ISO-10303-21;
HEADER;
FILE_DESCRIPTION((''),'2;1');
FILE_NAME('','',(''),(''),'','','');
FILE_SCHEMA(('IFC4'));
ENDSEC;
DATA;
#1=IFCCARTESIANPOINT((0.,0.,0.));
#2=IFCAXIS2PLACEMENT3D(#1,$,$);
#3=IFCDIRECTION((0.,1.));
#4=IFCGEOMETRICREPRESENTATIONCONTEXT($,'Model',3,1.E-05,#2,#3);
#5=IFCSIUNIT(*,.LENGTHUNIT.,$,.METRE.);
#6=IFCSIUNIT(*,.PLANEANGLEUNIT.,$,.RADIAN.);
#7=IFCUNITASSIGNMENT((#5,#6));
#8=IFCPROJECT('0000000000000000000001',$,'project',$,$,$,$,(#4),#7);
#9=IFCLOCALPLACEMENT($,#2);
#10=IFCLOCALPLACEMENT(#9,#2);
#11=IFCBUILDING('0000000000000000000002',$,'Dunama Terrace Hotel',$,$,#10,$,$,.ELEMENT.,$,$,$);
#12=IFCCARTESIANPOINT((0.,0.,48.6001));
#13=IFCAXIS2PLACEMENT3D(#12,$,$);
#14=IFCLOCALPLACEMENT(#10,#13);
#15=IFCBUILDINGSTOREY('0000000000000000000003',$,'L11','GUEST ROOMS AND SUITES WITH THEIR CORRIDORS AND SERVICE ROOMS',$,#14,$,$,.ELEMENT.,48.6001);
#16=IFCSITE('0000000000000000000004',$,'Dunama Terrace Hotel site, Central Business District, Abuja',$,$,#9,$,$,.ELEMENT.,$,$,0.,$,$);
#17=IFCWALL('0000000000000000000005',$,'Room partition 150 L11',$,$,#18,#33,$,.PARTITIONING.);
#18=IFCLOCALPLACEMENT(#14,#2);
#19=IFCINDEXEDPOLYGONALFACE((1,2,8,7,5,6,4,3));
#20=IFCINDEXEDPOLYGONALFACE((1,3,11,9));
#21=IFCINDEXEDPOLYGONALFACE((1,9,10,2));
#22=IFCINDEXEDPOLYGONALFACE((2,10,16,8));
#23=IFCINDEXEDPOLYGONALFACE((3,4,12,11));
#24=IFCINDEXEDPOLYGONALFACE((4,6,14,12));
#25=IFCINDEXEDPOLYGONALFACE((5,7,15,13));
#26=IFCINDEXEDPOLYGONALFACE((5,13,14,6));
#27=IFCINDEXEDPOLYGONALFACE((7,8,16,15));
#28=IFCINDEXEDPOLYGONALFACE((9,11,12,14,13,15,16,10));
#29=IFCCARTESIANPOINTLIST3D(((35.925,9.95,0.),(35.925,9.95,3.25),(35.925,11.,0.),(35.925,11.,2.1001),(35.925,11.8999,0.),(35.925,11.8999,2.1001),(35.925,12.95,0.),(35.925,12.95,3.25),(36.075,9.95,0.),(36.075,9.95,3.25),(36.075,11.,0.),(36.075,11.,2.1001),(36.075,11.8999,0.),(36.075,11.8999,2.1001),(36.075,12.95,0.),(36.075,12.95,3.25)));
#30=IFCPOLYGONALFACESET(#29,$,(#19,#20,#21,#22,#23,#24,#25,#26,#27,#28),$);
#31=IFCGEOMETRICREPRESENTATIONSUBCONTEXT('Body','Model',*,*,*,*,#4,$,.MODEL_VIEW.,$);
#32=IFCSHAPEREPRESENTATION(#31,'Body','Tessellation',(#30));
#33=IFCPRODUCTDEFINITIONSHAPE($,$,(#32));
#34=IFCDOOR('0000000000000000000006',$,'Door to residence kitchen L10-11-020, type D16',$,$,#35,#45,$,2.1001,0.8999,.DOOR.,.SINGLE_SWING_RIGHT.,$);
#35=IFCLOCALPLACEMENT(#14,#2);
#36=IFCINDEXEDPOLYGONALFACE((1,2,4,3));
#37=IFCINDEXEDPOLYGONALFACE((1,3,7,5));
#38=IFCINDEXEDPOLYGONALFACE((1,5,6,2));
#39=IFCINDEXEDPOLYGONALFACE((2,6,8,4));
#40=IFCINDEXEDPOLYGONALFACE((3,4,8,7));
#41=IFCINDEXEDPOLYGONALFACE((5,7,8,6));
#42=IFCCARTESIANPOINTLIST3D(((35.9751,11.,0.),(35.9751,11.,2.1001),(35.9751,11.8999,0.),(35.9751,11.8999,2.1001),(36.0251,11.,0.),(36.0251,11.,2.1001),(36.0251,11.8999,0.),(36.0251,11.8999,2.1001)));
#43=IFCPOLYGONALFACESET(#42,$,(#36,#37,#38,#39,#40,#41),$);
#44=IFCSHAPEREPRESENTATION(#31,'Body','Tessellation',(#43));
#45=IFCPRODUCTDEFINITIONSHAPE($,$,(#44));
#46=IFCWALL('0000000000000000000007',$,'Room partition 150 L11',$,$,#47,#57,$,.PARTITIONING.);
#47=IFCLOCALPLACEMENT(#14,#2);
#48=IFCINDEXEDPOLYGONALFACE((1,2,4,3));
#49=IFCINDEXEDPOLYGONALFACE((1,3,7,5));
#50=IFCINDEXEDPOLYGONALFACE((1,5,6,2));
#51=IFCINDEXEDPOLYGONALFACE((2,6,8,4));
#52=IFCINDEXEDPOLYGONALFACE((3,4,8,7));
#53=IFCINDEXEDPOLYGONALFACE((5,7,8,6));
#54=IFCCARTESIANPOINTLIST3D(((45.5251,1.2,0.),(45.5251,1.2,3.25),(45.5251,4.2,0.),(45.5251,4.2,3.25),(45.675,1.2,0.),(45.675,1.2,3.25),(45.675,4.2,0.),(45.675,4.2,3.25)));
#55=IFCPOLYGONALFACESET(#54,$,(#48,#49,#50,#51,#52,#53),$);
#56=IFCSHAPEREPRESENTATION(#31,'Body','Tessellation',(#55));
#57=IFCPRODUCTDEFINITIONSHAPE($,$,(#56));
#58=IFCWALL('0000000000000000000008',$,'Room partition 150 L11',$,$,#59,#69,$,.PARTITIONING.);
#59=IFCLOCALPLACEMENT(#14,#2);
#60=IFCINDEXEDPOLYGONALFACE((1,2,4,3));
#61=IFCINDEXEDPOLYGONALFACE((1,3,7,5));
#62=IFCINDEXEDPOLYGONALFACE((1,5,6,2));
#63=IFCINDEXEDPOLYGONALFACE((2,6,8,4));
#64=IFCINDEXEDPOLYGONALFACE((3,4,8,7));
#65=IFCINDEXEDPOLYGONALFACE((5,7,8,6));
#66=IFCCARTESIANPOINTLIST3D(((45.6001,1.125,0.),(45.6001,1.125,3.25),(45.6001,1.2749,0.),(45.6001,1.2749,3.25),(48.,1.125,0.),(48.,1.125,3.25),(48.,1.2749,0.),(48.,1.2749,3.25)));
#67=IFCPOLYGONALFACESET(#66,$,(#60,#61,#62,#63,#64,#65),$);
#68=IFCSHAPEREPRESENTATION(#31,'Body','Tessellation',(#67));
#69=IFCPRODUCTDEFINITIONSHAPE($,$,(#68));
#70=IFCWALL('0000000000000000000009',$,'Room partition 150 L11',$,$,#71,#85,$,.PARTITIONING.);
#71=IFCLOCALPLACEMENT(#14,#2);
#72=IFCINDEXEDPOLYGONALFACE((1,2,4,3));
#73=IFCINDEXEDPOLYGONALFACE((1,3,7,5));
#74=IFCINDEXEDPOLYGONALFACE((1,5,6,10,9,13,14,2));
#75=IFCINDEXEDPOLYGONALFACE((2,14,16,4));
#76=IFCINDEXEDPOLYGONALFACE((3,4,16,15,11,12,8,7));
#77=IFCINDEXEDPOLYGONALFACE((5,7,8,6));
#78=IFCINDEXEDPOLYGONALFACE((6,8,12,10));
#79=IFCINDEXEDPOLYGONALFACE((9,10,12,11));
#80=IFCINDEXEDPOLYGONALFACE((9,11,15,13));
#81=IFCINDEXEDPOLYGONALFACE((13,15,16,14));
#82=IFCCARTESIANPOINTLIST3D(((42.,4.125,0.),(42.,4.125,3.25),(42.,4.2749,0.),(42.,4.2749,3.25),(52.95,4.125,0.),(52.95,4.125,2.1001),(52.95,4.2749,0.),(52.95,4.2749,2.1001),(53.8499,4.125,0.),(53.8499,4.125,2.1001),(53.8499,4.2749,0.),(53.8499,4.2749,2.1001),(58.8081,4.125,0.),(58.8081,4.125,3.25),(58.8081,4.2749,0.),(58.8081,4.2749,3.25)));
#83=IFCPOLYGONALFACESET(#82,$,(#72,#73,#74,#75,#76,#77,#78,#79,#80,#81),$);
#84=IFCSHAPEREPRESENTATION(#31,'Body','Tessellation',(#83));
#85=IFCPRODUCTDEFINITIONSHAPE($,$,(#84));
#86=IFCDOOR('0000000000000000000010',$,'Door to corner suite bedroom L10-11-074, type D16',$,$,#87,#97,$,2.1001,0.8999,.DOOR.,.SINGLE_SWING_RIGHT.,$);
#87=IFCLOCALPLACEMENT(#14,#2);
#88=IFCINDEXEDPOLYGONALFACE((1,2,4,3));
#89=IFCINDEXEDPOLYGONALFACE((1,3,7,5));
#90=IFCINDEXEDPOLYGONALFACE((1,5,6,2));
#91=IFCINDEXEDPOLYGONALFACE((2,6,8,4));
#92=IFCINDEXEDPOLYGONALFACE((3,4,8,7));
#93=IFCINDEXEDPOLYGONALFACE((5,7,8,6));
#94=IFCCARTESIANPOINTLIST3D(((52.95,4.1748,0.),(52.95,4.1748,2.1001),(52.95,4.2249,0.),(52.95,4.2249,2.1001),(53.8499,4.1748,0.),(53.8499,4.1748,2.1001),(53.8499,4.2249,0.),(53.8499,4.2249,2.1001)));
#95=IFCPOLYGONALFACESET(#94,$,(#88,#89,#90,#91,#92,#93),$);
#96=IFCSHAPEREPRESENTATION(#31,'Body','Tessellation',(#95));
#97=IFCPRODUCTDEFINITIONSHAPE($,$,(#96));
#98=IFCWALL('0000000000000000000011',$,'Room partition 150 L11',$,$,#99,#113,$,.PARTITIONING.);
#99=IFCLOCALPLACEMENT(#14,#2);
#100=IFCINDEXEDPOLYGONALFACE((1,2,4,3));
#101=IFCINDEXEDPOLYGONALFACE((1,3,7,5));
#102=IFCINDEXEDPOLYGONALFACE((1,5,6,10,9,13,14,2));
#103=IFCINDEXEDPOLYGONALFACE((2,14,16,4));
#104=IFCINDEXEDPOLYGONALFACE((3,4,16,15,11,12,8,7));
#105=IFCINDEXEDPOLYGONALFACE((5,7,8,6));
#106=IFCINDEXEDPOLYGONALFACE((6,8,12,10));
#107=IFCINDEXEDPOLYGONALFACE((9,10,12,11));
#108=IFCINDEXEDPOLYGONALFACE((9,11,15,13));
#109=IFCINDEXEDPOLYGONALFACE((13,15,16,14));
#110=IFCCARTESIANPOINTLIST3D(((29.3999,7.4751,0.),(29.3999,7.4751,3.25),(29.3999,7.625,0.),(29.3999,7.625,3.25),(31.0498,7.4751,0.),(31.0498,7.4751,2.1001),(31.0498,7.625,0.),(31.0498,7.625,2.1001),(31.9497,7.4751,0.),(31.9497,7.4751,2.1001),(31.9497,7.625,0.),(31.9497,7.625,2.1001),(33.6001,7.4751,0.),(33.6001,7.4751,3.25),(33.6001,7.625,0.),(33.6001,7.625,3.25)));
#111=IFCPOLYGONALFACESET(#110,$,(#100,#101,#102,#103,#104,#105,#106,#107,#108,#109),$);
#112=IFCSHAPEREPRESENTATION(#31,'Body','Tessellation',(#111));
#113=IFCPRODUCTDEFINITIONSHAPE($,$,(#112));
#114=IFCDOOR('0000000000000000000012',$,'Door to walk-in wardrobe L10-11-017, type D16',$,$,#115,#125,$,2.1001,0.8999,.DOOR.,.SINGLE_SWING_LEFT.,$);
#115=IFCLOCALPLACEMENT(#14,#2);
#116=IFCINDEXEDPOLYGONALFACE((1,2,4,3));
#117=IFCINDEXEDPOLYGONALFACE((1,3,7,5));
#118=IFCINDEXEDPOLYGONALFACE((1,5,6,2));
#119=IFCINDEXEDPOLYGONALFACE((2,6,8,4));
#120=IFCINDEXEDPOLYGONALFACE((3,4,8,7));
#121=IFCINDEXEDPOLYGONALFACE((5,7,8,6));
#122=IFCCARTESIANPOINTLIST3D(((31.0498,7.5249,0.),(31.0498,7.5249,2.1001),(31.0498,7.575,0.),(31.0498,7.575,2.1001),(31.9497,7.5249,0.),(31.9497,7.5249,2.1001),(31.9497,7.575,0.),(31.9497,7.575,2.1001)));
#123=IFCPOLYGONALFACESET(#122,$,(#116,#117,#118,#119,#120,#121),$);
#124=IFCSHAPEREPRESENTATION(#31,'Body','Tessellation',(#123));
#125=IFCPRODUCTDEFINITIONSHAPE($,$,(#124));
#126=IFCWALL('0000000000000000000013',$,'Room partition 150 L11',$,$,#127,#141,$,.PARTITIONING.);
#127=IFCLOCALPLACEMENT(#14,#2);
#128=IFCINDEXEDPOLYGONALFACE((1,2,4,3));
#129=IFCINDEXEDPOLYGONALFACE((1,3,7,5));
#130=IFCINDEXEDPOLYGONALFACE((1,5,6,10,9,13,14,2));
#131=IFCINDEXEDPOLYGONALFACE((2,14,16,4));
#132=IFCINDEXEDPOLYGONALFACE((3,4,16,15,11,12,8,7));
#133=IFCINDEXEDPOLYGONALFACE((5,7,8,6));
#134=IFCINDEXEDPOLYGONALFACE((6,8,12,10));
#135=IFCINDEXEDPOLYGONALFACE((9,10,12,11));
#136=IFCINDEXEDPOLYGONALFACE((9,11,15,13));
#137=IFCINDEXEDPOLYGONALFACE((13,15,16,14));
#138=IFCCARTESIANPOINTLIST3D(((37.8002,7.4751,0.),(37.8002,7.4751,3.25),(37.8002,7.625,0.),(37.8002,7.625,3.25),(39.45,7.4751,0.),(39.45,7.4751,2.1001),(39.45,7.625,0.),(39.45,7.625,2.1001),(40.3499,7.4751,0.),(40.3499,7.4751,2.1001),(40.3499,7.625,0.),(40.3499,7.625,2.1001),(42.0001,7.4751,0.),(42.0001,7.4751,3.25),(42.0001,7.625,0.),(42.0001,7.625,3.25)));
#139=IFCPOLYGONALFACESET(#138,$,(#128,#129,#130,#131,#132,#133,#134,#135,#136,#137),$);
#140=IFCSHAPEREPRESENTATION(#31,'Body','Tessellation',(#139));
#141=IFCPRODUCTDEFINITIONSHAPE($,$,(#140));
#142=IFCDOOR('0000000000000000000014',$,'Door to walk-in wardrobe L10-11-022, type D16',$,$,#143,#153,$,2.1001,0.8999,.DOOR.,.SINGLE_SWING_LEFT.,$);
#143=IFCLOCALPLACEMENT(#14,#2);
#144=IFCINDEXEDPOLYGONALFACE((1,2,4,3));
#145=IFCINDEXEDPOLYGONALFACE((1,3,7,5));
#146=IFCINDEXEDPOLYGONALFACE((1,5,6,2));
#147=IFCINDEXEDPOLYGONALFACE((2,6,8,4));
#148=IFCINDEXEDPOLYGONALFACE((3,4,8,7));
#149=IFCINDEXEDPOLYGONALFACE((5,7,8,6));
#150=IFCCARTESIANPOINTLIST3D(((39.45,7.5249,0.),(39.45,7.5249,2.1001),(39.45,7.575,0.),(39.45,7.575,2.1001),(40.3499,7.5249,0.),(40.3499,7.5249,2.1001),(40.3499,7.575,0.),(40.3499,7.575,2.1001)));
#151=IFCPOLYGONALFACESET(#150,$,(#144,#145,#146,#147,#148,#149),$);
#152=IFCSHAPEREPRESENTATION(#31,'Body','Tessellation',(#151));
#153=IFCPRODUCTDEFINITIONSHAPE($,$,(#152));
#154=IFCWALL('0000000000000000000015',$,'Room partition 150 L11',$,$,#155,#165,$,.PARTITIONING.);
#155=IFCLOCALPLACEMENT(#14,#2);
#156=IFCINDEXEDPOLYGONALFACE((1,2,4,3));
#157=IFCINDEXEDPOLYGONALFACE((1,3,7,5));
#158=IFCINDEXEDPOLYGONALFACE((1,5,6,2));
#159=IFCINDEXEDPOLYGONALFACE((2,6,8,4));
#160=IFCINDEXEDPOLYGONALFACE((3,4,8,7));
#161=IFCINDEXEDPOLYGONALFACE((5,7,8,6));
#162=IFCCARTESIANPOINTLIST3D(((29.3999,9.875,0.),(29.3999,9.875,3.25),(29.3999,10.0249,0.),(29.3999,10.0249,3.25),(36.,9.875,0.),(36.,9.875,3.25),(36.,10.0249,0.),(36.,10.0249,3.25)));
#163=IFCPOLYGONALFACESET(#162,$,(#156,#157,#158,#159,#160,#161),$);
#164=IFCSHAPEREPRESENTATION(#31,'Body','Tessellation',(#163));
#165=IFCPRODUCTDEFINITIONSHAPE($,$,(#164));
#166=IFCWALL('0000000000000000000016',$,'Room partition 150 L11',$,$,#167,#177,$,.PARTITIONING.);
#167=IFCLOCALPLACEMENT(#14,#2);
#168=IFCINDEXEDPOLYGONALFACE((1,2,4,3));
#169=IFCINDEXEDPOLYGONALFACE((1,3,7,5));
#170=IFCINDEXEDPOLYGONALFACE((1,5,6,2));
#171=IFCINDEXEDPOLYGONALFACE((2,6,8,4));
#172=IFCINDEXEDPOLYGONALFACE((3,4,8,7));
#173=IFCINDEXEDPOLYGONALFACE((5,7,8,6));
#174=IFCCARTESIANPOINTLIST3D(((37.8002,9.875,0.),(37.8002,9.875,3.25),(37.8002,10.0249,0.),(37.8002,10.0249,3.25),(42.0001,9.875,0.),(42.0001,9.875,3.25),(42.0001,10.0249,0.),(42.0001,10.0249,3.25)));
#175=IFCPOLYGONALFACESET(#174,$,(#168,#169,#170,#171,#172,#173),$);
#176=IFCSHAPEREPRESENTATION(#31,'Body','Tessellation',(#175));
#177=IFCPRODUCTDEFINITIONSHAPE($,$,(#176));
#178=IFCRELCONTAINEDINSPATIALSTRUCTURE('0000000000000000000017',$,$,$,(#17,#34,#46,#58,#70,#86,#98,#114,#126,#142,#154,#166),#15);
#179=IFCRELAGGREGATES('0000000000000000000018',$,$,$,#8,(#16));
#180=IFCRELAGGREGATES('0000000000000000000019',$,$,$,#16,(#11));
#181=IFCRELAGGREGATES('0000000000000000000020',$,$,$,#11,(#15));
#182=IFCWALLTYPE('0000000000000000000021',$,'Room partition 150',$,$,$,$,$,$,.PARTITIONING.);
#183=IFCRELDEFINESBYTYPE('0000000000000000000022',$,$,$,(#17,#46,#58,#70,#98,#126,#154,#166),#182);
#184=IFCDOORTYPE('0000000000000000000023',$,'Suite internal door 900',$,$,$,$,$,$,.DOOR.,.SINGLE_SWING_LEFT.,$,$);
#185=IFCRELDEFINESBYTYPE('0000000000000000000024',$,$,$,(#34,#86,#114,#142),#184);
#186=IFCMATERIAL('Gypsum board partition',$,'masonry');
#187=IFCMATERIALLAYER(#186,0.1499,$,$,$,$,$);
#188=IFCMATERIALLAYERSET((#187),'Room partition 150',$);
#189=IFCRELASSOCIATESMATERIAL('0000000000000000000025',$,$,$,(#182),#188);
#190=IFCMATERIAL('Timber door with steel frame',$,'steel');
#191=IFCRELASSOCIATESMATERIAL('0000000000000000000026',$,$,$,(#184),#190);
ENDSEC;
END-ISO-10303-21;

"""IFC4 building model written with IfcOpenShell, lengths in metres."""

from ifc_helpers import new_model, si_unit, direction, frame, frame_2d, origin, place, context, subcontext, project, spatial, rectangle, extrude, material, layer, layer_set, type_object, element, fill, save


model = new_model("IFC4")

# Units and contexts
model_context = context("Model", 3, precision=1e-05, world=origin(), true_north=direction((0.0, 1.0)))
body_context = subcontext(model_context, "Body", "Model", "MODEL_VIEW")
ifc_project = project(units=[si_unit("LENGTHUNIT", "METRE"), si_unit("PLANEANGLEUNIT", "RADIAN")], contexts=[model_context])

# Site, building, storey
site_placement = place(None, origin())
site = spatial("IfcSite", under=ifc_project, at=site_placement, Name="Dunama Terrace Hotel site, Central Business District, Abuja", CompositionType="ELEMENT", RefElevation=0.0)
building_placement = place(site_placement, origin())
building = spatial("IfcBuilding", under=site, at=building_placement, Name="Dunama Terrace Hotel", CompositionType="ELEMENT")
storey_placement = place(building_placement, frame((0.0, 0.0, 48.6001)))
storey = spatial("IfcBuildingStorey", under=building, at=storey_placement, Name="L11", Description="GUEST ROOMS AND SUITES WITH THEIR CORRIDORS AND SERVICE ROOMS", CompositionType="ELEMENT", Elevation=48.6001)

# Wall, opening, door
ifc_material_1 = material(Name="Gypsum board partition", Category="masonry")
ifc_layer_1 = layer(ifc_material_1, 0.1499)
ifc_layer_set_1 = layer_set([ifc_layer_1], Name="Room partition 150")
wall_type_1 = type_object("IfcWallType", Name="Room partition 150", PredefinedType="PARTITIONING", material=ifc_layer_set_1)
ifc_material_2 = material(Name="Timber door with steel frame", Category="steel")
door_type_1 = type_object("IfcDoorType", Name="Suite internal door 900", OperationType="SINGLE_SWING_LEFT", PredefinedType="DOOR", material=ifc_material_2)
wall_1_placement = place(storey_placement, frame((36.0, 9.95, 0.0), z_axis=(0.0, 0.0, 1.0), x_axis=(0.0, 1.0, 0.0)))
wall_1 = element("IfcWall", 1, at=wall_1_placement, inside=storey, type_object=wall_type_1, Name="Room partition 150 L11", PredefinedType="PARTITIONING", context=body_context, shape_type="SweptSolid", body=[
    extrude(rectangle(XDim=3.0, YDim=0.1499, at=frame_2d((1.5, 0.0))), origin(), (0.0, 0.0, 1.0), 3.25),
])
opening_1_placement = place(wall_1_placement, frame((1.05, 0.0, 0.0)))
opening_1 = element("IfcOpeningElement", 2, at=opening_1_placement, cuts=wall_1, PredefinedType="OPENING", context=body_context, shape_type="SweptSolid", body=[
    extrude(rectangle(XDim=0.8999, YDim=2.1001, at=frame_2d((0.45, 1.05))), frame((0.0, 0.085, 0.0), z_axis=(0.0, -1.0, 0.0), x_axis=(1.0, 0.0, 0.0)), (0.0, 0.0, 1.0), 0.1699),
])
door_1_placement = place(opening_1_placement, origin())
door_1 = element("IfcDoor", 3, at=door_1_placement, inside=storey, type_object=door_type_1, Name="Door to residence kitchen L10-11-020, type D16", OperationType="SINGLE_SWING_RIGHT", OverallHeight=2.1001, OverallWidth=0.8999, PredefinedType="DOOR", context=body_context, shape_type="SweptSolid", body=[
    extrude(rectangle(XDim=0.8999, YDim=2.1001, at=frame_2d((0.45, 1.05))), frame((0.0, 0.0249, 0.0), z_axis=(0.0, -1.0, 0.0), x_axis=(1.0, 0.0, 0.0)), (0.0, 0.0, 1.0), 0.05),
])
fill(opening_1, door_1)

# Walls
wall_2_placement = place(storey_placement, frame((45.6001, 1.2, 0.0), z_axis=(0.0, 0.0, 1.0), x_axis=(0.0, 1.0, 0.0)))
element("IfcWall", 4, at=wall_2_placement, inside=storey, type_object=wall_type_1, Name="Room partition 150 L11", PredefinedType="PARTITIONING", context=body_context, shape_type="SweptSolid", body=[
    extrude(rectangle(XDim=3.0, YDim=0.1499, at=frame_2d((1.5, 0.0))), origin(), (0.0, 0.0, 1.0), 3.25),
])
wall_3_placement = place(storey_placement, frame((45.6001, 1.2, 0.0), z_axis=(0.0, 0.0, 1.0), x_axis=(1.0, 0.0, 0.0)))
element("IfcWall", 5, at=wall_3_placement, inside=storey, type_object=wall_type_1, Name="Room partition 150 L11", PredefinedType="PARTITIONING", context=body_context, shape_type="SweptSolid", body=[
    extrude(rectangle(XDim=2.3999, YDim=0.1499, at=frame_2d((1.2, 0.0))), origin(), (0.0, 0.0, 1.0), 3.25),
])

# Walls, openings, doors
wall_4_placement = place(storey_placement, frame((42.0, 4.2, 0.0), z_axis=(0.0, 0.0, 1.0), x_axis=(1.0, 0.0, 0.0)))
wall_4 = element("IfcWall", 6, at=wall_4_placement, inside=storey, type_object=wall_type_1, Name="Room partition 150 L11", PredefinedType="PARTITIONING", context=body_context, shape_type="SweptSolid", body=[
    extrude(rectangle(XDim=16.8081, YDim=0.1499, at=frame_2d((8.4041, 0.0))), origin(), (0.0, 0.0, 1.0), 3.25),
])
opening_2_placement = place(wall_4_placement, frame((10.95, 0.0, 0.0)))
opening_2 = element("IfcOpeningElement", 7, at=opening_2_placement, cuts=wall_4, PredefinedType="OPENING", context=body_context, shape_type="SweptSolid", body=[
    extrude(rectangle(XDim=0.8999, YDim=2.1001, at=frame_2d((0.45, 1.05))), frame((0.0, 0.085, 0.0), z_axis=(0.0, -1.0, 0.0), x_axis=(1.0, 0.0, 0.0)), (0.0, 0.0, 1.0), 0.1699),
])
door_2_placement = place(opening_2_placement, frame((0.8999, 0.0, 0.0), z_axis=(0.0, 0.0, 1.0), x_axis=(-1.0, 0.0, 0.0)))
door_2 = element("IfcDoor", 8, at=door_2_placement, inside=storey, type_object=door_type_1, Name="Door to corner suite bedroom L10-11-074, type D16", OperationType="SINGLE_SWING_RIGHT", OverallHeight=2.1001, OverallWidth=0.8999, PredefinedType="DOOR", context=body_context, shape_type="SweptSolid", body=[
    extrude(rectangle(XDim=0.8999, YDim=2.1001, at=frame_2d((0.45, 1.05))), frame((0.0, 0.0251, 0.0), z_axis=(0.0, -1.0, 0.0), x_axis=(1.0, 0.0, 0.0)), (0.0, 0.0, 1.0), 0.05),
])
fill(opening_2, door_2)
wall_5_placement = place(storey_placement, frame((29.3999, 7.55, 0.0), z_axis=(0.0, 0.0, 1.0), x_axis=(1.0, 0.0, 0.0)))
wall_5 = element("IfcWall", 9, at=wall_5_placement, inside=storey, type_object=wall_type_1, Name="Room partition 150 L11", PredefinedType="PARTITIONING", context=body_context, shape_type="SweptSolid", body=[
    extrude(rectangle(XDim=4.2002, YDim=0.1499, at=frame_2d((2.1001, 0.0))), origin(), (0.0, 0.0, 1.0), 3.25),
])
opening_3_placement = place(wall_5_placement, frame((1.6499, 0.0, 0.0)))
opening_3 = element("IfcOpeningElement", 10, at=opening_3_placement, cuts=wall_5, PredefinedType="OPENING", context=body_context, shape_type="SweptSolid", body=[
    extrude(rectangle(XDim=0.8999, YDim=2.1001, at=frame_2d((0.45, 1.05))), frame((0.0, 0.085, 0.0), z_axis=(0.0, -1.0, 0.0), x_axis=(1.0, 0.0, 0.0)), (0.0, 0.0, 1.0), 0.1699),
])
door_3_placement = place(opening_3_placement, origin())
door_3 = element("IfcDoor", 11, at=door_3_placement, inside=storey, type_object=door_type_1, Name="Door to walk-in wardrobe L10-11-017, type D16", OperationType="SINGLE_SWING_LEFT", OverallHeight=2.1001, OverallWidth=0.8999, PredefinedType="DOOR", context=body_context, shape_type="SweptSolid", body=[
    extrude(rectangle(XDim=0.8999, YDim=2.1001, at=frame_2d((0.45, 1.05))), frame((0.0, 0.0249, 0.0), z_axis=(0.0, -1.0, 0.0), x_axis=(1.0, 0.0, 0.0)), (0.0, 0.0, 1.0), 0.05),
])
fill(opening_3, door_3)
wall_6_placement = place(storey_placement, frame((37.8, 7.55, 0.0), z_axis=(0.0, 0.0, 1.0), x_axis=(1.0, 0.0, 0.0)))
wall_6 = element("IfcWall", 12, at=wall_6_placement, inside=storey, type_object=wall_type_1, Name="Room partition 150 L11", PredefinedType="PARTITIONING", context=body_context, shape_type="SweptSolid", body=[
    extrude(rectangle(XDim=4.2, YDim=0.1499, at=frame_2d((2.1001, 0.0))), origin(), (0.0, 0.0, 1.0), 3.25),
])
opening_4_placement = place(wall_6_placement, frame((1.6499, 0.0, 0.0)))
opening_4 = element("IfcOpeningElement", 13, at=opening_4_placement, cuts=wall_6, PredefinedType="OPENING", context=body_context, shape_type="SweptSolid", body=[
    extrude(rectangle(XDim=0.8999, YDim=2.1001, at=frame_2d((0.45, 1.05))), frame((0.0, 0.085, 0.0), z_axis=(0.0, -1.0, 0.0), x_axis=(1.0, 0.0, 0.0)), (0.0, 0.0, 1.0), 0.1699),
])
door_4_placement = place(opening_4_placement, origin())
door_4 = element("IfcDoor", 14, at=door_4_placement, inside=storey, type_object=door_type_1, Name="Door to walk-in wardrobe L10-11-022, type D16", OperationType="SINGLE_SWING_LEFT", OverallHeight=2.1001, OverallWidth=0.8999, PredefinedType="DOOR", context=body_context, shape_type="SweptSolid", body=[
    extrude(rectangle(XDim=0.8999, YDim=2.1001, at=frame_2d((0.45, 1.05))), frame((0.0, 0.0249, 0.0), z_axis=(0.0, -1.0, 0.0), x_axis=(1.0, 0.0, 0.0)), (0.0, 0.0, 1.0), 0.05),
])
fill(opening_4, door_4)

# Walls
wall_7_placement = place(storey_placement, frame((29.3999, 9.95, 0.0), z_axis=(0.0, 0.0, 1.0), x_axis=(1.0, 0.0, 0.0)))
element("IfcWall", 15, at=wall_7_placement, inside=storey, type_object=wall_type_1, Name="Room partition 150 L11", PredefinedType="PARTITIONING", context=body_context, shape_type="SweptSolid", body=[
    extrude(rectangle(XDim=6.6001, YDim=0.1499, at=frame_2d((3.3, 0.0))), origin(), (0.0, 0.0, 1.0), 3.25),
])
wall_8_placement = place(storey_placement, frame((37.8, 9.95, 0.0), z_axis=(0.0, 0.0, 1.0), x_axis=(1.0, 0.0, 0.0)))
element("IfcWall", 16, at=wall_8_placement, inside=storey, type_object=wall_type_1, Name="Room partition 150 L11", PredefinedType="PARTITIONING", context=body_context, shape_type="SweptSolid", body=[
    extrude(rectangle(XDim=4.2, YDim=0.1499, at=frame_2d((2.1001, 0.0))), origin(), (0.0, 0.0, 1.0), 3.25),
])

save(model, "model.ifc")
